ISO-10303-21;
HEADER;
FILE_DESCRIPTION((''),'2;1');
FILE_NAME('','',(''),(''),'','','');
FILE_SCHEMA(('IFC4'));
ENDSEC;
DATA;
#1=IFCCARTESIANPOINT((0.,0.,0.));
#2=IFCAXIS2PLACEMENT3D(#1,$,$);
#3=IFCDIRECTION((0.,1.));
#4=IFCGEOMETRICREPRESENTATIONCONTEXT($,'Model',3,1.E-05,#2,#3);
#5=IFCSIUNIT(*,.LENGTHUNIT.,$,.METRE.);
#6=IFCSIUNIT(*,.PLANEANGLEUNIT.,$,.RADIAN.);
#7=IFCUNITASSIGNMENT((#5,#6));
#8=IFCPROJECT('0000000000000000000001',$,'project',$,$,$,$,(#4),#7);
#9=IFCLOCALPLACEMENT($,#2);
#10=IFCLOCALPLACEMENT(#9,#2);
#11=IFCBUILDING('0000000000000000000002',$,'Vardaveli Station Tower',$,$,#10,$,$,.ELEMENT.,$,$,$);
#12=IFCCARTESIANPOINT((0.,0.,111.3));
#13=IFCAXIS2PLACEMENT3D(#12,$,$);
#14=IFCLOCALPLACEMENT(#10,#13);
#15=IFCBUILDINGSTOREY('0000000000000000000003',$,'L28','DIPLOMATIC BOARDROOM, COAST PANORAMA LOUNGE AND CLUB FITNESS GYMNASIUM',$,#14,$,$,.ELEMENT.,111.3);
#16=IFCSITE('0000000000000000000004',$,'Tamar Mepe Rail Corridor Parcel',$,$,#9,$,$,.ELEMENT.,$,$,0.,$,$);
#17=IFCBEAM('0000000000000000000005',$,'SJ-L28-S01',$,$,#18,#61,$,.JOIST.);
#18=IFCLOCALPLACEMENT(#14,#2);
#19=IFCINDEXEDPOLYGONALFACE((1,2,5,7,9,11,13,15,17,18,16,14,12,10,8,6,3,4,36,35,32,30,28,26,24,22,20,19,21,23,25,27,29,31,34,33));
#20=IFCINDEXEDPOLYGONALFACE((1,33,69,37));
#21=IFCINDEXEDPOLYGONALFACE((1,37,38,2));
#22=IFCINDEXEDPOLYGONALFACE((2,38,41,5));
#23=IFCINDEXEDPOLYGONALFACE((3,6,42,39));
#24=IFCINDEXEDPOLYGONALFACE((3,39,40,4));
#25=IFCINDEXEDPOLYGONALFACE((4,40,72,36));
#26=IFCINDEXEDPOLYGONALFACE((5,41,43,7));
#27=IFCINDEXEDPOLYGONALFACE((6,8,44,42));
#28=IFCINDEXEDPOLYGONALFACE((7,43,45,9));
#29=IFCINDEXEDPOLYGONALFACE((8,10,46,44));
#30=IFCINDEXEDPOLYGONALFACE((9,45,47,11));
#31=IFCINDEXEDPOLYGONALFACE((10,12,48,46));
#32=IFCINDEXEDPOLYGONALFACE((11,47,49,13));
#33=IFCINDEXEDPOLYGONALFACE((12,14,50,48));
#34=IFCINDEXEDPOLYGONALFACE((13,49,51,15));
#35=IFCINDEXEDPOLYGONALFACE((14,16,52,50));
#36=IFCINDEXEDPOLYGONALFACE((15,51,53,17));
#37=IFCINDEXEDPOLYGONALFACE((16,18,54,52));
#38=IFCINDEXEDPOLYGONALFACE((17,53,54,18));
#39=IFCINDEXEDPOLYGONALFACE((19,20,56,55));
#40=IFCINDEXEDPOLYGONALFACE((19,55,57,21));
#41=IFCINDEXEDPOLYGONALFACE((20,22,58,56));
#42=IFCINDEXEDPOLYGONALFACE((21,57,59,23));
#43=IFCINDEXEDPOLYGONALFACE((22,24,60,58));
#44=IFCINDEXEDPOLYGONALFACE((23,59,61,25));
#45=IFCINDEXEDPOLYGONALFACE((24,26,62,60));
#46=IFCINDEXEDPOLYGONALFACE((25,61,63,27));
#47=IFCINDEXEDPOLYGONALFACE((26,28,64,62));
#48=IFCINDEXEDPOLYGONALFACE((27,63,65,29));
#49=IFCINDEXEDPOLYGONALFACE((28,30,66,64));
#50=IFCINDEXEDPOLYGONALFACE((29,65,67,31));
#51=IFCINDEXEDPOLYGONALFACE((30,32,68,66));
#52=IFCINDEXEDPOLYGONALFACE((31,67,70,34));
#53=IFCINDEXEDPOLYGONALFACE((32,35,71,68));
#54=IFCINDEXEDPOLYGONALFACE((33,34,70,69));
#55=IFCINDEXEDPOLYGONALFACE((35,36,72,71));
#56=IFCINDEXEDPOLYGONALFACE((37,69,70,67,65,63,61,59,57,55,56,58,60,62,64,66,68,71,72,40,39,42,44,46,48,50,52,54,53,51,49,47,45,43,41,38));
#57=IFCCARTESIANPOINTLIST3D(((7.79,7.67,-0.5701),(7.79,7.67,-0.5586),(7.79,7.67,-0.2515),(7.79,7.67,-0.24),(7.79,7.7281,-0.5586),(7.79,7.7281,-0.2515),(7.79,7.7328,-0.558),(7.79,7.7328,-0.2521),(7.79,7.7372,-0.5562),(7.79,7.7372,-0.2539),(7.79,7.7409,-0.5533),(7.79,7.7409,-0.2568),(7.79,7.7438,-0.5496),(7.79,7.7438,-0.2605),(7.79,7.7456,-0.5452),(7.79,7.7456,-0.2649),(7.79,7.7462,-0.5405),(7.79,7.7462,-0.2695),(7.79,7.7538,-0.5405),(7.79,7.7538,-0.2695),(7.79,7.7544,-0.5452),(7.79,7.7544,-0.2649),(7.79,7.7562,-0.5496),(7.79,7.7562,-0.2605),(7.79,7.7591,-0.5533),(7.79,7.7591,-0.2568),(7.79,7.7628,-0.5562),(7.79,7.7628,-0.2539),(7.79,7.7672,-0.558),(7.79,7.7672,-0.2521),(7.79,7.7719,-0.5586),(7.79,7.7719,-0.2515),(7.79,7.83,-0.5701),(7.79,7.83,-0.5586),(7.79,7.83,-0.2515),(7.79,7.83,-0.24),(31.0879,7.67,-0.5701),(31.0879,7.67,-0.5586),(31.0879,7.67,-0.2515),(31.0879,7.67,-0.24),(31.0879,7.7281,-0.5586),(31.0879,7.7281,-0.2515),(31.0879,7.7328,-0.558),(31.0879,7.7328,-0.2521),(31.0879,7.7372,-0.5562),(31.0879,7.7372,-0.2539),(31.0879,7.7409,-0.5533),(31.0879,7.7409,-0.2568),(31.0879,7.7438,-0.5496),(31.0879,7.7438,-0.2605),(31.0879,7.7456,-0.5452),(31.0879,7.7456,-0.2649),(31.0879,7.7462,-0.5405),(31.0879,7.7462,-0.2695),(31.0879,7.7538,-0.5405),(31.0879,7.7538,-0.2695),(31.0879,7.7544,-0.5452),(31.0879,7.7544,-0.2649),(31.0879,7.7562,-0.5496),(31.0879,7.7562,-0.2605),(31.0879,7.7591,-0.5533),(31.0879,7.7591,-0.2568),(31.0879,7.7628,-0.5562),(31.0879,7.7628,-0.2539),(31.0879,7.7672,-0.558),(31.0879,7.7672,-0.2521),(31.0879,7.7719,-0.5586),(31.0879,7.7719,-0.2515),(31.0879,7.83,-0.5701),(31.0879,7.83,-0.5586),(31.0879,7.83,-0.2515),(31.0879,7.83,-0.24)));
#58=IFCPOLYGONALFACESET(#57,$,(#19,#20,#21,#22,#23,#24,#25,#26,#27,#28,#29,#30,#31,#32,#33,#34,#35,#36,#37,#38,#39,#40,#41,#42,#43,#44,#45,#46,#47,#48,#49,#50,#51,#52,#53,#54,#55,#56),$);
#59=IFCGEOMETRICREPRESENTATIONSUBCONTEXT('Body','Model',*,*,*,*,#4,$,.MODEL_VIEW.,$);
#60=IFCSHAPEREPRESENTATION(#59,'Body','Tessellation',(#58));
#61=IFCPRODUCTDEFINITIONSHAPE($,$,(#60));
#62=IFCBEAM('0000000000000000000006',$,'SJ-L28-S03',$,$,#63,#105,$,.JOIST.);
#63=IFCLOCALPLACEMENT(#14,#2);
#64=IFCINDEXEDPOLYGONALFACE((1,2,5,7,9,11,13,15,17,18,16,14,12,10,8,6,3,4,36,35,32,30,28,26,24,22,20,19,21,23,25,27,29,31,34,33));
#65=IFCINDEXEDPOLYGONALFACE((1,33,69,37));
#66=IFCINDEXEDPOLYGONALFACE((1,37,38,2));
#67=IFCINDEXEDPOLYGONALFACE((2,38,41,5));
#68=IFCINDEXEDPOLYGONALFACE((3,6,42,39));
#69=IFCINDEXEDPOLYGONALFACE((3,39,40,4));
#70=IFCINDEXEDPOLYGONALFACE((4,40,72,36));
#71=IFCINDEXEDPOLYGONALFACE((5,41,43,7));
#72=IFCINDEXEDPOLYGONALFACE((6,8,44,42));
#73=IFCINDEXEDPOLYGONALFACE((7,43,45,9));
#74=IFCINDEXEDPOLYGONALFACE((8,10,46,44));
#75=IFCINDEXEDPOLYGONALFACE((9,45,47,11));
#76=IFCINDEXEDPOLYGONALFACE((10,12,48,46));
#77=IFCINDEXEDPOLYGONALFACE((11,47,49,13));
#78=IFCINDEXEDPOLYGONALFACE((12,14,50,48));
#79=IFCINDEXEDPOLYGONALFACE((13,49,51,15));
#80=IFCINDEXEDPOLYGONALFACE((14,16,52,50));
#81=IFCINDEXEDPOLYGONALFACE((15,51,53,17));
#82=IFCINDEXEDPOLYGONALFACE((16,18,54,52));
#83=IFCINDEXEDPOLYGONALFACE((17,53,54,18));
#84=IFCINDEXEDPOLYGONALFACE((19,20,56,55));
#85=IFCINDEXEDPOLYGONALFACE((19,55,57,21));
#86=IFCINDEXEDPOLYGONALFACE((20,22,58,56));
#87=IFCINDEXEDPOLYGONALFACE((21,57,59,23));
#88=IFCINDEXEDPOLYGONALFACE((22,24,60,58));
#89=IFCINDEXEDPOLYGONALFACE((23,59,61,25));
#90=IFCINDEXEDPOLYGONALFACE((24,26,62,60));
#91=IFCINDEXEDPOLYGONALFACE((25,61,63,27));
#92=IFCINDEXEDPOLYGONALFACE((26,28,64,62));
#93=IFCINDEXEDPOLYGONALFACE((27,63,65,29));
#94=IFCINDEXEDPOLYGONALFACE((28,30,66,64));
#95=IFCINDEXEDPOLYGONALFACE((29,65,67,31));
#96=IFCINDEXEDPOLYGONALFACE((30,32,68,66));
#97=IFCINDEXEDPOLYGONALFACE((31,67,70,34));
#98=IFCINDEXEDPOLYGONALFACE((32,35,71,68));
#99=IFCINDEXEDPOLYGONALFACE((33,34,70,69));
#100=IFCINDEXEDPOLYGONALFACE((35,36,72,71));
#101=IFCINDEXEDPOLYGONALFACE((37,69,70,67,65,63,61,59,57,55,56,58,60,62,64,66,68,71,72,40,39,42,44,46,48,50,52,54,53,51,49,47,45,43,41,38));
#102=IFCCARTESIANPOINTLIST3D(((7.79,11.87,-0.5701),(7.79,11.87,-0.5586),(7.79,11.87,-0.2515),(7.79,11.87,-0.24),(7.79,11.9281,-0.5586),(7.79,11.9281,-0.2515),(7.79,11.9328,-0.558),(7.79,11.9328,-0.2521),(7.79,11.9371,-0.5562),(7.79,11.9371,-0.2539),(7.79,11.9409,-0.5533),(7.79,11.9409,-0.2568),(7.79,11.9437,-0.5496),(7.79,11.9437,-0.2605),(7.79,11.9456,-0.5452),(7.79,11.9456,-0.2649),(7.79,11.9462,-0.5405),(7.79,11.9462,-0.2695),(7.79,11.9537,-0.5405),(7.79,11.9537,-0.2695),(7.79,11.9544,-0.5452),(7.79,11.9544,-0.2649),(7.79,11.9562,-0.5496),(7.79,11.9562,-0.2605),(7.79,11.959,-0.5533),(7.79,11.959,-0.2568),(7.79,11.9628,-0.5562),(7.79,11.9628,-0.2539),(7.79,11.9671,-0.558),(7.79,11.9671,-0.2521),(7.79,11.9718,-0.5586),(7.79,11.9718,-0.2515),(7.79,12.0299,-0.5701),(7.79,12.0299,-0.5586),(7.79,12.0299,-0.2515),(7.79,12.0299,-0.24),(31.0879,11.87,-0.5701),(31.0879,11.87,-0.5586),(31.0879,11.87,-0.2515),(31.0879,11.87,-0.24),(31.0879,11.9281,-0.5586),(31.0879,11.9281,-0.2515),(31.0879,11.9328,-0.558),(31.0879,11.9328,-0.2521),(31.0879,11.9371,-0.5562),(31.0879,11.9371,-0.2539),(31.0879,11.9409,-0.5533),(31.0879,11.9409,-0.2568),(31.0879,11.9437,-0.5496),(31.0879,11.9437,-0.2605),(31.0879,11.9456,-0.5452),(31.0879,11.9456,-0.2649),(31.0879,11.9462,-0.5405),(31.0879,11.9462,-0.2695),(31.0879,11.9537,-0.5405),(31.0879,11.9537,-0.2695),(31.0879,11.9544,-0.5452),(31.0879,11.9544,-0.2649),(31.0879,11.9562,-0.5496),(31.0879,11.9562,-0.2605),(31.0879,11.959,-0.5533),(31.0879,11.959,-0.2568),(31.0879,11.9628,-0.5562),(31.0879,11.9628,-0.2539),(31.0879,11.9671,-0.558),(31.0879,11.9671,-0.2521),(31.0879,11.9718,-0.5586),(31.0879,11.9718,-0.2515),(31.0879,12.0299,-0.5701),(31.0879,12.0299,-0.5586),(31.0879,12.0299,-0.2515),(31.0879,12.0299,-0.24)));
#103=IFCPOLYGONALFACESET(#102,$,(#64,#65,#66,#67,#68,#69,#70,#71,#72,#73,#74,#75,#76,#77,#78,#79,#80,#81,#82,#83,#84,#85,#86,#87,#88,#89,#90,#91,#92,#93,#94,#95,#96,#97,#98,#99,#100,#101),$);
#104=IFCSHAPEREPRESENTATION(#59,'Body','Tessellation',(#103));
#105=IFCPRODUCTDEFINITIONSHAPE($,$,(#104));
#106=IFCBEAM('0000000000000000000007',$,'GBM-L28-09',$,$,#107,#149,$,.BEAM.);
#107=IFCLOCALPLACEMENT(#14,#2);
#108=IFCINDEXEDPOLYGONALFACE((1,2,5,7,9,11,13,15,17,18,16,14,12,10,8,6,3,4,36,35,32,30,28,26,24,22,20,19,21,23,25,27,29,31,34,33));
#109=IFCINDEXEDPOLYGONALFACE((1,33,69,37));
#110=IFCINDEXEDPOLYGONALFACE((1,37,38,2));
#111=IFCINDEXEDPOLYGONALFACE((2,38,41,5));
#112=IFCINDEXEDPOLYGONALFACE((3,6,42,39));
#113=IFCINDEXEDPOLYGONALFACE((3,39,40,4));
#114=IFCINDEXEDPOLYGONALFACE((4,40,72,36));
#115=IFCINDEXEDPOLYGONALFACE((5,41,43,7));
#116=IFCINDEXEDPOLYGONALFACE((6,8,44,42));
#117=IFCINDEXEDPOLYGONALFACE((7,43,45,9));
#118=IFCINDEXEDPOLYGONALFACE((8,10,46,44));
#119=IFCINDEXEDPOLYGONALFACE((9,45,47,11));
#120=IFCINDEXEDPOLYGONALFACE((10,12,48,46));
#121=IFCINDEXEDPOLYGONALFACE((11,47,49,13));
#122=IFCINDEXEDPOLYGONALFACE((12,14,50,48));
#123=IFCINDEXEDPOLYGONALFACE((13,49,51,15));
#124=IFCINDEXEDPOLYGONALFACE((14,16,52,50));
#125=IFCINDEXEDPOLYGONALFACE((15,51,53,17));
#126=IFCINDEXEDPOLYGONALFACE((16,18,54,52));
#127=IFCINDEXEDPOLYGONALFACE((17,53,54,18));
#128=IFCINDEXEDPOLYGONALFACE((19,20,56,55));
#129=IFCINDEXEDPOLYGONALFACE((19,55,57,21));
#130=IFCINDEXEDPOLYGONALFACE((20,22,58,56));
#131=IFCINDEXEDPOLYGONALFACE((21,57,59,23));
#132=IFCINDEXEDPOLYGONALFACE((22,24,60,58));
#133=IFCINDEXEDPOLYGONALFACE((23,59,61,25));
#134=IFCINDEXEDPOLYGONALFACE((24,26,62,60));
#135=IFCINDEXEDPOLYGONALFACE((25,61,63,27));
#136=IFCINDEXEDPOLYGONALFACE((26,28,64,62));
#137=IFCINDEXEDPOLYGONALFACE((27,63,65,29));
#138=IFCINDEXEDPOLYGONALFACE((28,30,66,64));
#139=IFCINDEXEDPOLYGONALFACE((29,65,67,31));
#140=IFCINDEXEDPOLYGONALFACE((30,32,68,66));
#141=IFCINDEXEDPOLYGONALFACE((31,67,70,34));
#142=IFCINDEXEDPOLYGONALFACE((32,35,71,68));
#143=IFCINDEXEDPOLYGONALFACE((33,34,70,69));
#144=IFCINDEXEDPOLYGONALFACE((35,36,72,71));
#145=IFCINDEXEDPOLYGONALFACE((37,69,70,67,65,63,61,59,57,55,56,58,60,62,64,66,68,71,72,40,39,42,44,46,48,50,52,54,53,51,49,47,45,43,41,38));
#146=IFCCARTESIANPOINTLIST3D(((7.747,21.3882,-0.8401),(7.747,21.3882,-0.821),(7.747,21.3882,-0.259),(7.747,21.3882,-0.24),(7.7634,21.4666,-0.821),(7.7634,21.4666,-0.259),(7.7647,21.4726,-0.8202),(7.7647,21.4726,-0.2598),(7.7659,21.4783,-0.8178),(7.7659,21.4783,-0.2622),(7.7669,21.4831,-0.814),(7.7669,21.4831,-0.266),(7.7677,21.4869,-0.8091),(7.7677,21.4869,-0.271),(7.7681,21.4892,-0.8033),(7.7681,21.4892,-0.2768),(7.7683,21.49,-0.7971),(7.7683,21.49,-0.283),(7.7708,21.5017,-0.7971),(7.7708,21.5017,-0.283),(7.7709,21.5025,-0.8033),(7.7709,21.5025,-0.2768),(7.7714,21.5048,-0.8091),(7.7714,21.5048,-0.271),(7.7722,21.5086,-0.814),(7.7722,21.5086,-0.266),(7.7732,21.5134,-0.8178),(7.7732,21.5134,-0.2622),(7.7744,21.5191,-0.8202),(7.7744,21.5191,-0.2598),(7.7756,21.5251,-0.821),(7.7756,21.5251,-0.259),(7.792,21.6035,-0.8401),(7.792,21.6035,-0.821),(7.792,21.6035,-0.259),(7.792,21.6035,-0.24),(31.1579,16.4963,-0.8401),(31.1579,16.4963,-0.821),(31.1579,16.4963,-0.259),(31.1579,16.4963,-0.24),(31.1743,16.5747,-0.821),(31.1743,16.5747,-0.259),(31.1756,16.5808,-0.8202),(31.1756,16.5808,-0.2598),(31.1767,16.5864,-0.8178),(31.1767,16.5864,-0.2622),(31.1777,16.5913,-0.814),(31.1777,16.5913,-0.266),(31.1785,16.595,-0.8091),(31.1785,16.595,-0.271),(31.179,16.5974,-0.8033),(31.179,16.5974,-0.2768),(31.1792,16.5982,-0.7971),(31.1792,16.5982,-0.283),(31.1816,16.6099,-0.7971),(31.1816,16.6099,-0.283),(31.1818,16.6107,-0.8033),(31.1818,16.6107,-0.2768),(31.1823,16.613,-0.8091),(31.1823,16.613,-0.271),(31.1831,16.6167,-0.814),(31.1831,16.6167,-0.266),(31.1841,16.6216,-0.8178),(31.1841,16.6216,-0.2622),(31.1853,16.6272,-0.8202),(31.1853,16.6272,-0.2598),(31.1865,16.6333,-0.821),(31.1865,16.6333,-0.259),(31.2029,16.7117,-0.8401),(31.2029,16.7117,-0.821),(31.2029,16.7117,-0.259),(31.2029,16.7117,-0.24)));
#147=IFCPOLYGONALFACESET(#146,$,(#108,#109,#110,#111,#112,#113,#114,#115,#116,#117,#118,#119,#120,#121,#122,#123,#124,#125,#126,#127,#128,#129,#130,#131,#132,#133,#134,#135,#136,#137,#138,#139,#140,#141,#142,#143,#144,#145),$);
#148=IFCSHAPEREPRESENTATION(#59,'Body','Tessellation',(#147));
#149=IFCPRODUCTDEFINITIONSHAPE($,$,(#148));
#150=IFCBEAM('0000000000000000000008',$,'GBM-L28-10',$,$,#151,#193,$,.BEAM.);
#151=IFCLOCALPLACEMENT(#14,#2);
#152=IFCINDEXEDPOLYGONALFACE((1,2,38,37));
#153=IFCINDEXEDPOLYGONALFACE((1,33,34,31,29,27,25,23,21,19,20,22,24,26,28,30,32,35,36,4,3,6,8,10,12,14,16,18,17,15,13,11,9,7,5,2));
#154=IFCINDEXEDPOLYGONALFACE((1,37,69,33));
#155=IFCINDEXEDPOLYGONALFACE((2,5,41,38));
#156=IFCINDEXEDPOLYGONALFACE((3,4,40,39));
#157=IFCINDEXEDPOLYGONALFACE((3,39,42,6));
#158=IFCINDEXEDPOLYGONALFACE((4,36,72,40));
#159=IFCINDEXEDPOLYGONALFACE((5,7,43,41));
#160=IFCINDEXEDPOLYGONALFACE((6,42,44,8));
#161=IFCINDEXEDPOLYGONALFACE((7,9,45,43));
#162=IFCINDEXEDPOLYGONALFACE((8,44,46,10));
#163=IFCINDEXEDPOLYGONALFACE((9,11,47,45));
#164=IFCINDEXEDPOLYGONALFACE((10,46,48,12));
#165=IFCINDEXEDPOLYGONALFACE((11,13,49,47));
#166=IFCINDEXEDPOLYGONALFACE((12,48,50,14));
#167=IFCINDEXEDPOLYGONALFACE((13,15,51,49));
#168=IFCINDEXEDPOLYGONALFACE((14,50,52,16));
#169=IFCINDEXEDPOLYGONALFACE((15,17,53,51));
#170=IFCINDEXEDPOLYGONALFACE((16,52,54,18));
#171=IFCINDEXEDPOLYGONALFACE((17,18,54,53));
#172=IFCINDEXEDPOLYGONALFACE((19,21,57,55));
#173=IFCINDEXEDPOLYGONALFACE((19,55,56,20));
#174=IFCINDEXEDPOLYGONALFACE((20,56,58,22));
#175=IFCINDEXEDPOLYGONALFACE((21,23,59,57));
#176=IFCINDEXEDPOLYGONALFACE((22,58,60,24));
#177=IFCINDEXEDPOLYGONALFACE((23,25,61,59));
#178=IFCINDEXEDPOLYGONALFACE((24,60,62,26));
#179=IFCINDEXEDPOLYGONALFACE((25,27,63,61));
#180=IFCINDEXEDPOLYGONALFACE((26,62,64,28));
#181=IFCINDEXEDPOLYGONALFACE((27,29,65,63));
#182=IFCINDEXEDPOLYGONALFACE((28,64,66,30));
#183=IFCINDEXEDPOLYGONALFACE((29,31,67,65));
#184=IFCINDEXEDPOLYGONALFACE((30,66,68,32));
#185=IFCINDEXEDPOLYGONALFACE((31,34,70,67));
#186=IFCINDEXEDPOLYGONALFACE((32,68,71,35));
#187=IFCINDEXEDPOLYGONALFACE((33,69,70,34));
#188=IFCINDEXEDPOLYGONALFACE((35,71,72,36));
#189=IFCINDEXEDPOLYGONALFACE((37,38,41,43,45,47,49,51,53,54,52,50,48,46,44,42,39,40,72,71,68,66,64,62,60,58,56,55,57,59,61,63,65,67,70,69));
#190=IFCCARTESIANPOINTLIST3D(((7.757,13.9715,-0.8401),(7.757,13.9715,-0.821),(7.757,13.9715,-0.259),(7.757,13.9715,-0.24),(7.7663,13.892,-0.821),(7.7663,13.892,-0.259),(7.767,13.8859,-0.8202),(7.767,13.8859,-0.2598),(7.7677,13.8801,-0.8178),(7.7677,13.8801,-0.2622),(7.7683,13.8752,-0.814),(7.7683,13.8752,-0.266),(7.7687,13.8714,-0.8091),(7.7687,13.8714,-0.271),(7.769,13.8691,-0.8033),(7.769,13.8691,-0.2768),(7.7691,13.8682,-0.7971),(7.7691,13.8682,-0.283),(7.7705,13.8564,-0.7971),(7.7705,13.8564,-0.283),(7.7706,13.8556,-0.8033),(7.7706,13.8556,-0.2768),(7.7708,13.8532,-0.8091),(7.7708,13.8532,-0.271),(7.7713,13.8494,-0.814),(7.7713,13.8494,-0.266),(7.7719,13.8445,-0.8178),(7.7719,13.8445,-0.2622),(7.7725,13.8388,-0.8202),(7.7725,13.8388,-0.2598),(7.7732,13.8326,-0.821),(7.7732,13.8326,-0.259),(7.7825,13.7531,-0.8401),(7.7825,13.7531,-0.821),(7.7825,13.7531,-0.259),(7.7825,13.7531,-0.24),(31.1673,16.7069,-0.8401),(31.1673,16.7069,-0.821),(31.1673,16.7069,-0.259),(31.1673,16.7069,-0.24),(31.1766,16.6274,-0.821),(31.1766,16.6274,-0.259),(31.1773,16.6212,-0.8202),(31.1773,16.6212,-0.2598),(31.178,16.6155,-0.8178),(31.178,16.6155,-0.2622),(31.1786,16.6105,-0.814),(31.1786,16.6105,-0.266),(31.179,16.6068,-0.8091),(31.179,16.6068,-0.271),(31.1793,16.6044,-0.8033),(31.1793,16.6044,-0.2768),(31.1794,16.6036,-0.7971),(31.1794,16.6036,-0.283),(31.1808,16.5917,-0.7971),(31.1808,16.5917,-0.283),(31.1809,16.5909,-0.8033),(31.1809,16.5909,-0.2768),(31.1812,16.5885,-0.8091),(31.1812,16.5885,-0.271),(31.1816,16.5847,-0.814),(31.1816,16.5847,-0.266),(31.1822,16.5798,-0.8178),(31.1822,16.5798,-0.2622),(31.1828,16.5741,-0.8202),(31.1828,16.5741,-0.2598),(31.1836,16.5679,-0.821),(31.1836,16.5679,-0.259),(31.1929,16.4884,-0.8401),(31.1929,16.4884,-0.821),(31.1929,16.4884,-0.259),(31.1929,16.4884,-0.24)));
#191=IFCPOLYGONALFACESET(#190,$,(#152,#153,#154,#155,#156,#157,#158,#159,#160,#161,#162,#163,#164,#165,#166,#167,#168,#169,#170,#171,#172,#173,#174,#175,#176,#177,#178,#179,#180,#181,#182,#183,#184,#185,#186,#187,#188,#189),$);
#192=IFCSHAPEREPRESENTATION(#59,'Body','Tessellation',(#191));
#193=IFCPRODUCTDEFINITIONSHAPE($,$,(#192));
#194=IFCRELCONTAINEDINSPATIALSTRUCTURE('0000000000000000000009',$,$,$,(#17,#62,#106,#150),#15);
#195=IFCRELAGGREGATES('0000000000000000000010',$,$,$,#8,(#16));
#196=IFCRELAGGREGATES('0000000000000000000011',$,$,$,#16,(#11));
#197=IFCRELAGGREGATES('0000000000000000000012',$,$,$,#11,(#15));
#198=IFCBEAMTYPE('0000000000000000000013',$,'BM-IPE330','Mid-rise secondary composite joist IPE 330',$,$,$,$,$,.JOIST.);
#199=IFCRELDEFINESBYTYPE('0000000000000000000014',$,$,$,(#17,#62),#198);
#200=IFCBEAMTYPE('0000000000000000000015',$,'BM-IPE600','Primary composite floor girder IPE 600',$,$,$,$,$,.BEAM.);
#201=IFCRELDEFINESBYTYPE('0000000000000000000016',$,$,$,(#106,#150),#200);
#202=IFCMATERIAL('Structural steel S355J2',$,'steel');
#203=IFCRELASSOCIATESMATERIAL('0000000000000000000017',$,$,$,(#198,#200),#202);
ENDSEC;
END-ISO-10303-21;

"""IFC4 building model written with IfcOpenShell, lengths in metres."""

from ifc_helpers import new_model, si_unit, direction, frame, origin, origin_2d, place, context, subcontext, project, spatial, i_section, extrude, source, transform, mapped, material, material_profile, profile_set, type_object, element, save


model = new_model("IFC4")

# Units and contexts
model_context = context("Model", 3, precision=1e-05, world=origin(), true_north=direction((0.0, 1.0)))
body_context = subcontext(model_context, "Body", "Model", "MODEL_VIEW")
ifc_project = project(units=[si_unit("LENGTHUNIT", "METRE"), si_unit("PLANEANGLEUNIT", "RADIAN")], contexts=[model_context])

# Site, building, storey
site_placement = place(None, origin())
site = spatial("IfcSite", under=ifc_project, at=site_placement, Name="Tamar Mepe Rail Corridor Parcel", CompositionType="ELEMENT", RefElevation=0.0)
building_placement = place(site_placement, origin())
building = spatial("IfcBuilding", under=site, at=building_placement, Name="Vardaveli Station Tower", CompositionType="ELEMENT")
storey_placement = place(building_placement, frame((0.0, 0.0, 111.3)))
storey = spatial("IfcBuildingStorey", under=building, at=storey_placement, Name="L28", Description="DIPLOMATIC BOARDROOM, COAST PANORAMA LOUNGE AND CLUB FITNESS GYMNASIUM", CompositionType="ELEMENT", Elevation=111.3)

# Beams
ifc_material_1 = material(Name="Structural steel S355J2", Category="steel")
ifc_material_profile_1 = material_profile(ifc_material_1, i_section(OverallWidth=0.1599, OverallDepth=0.3301, WebThickness=0.0076, FlangeThickness=0.0115, FilletRadius=0.0181, at=origin_2d()), Name="IPE 330")
ifc_profile_set_1 = profile_set([ifc_material_profile_1], Name="Structural steel S355J2")
beam_type_1 = type_object("IfcBeamType", Name="BM-IPE330", Description="Mid-rise secondary composite joist IPE 330", PredefinedType="JOIST", material=ifc_profile_set_1)
shared_shape_1 = source(origin(), body_context, "Body", "SweptSolid", [
    extrude(i_section(OverallWidth=0.1599, OverallDepth=0.3301, WebThickness=0.0076, FlangeThickness=0.0115, FilletRadius=0.0181, at=origin_2d()), origin(), (0.0, 0.0, 1.0), 23.2979),
])
for number, where, z_axis, x_axis, name in (
    (1, (7.79, 7.75, -0.405), (1.0, 0.0, 0.0), (0.0, 1.0, 0.0), "SJ-L28-S01"),
    (2, (7.79, 11.95, -0.405), (1.0, 0.0, 0.0), (0.0, 1.0, 0.0), "SJ-L28-S03"),
):
    element("IfcBeam", number, at=place(storey_placement, frame(where, z_axis=z_axis, x_axis=x_axis)), inside=storey, type_object=beam_type_1, Name=name, PredefinedType="JOIST", context=body_context, shape_type="MappedRepresentation", body=[
        mapped(shared_shape_1, transform((0.0, 0.0, 0.0), scale=1.0)),
    ])
ifc_material_profile_2 = material_profile(ifc_material_1, i_section(OverallWidth=0.22, OverallDepth=0.6001, WebThickness=0.012, FlangeThickness=0.019, FilletRadius=0.0239, at=origin_2d()), Name="IPE 600")
ifc_profile_set_2 = profile_set([ifc_material_profile_2], Name="Structural steel S355J2")
beam_type_2 = type_object("IfcBeamType", Name="BM-IPE600", Description="Primary composite floor girder IPE 600", PredefinedType="BEAM", material=ifc_profile_set_2)
shared_shape_2 = source(origin(), body_context, "Body", "SweptSolid", [
    extrude(i_section(OverallWidth=0.22, OverallDepth=0.6001, WebThickness=0.012, FlangeThickness=0.019, FilletRadius=0.0239, at=origin_2d()), origin(), (0.0, 0.0, 1.0), 23.9165),
])
beam_1_placement = place(storey_placement, frame((7.7695, 21.4958, -0.54), z_axis=(0.978859, -0.204538, 0.0), x_axis=(0.204538, 0.978859, 0.0)))
element("IfcBeam", 3, at=beam_1_placement, inside=storey, type_object=beam_type_2, Name="GBM-L28-09", PredefinedType="BEAM", context=body_context, shape_type="MappedRepresentation", body=[
    mapped(shared_shape_2, transform((0.0, 0.0, 0.0), scale=1.0)),
])
shared_shape_3 = source(origin(), body_context, "Body", "SweptSolid", [
    extrude(i_section(OverallWidth=0.22, OverallDepth=0.6001, WebThickness=0.012, FlangeThickness=0.019, FilletRadius=0.0239, at=origin_2d()), origin(), (0.0, 0.0, 1.0), 23.5696),
])
beam_2_placement = place(storey_placement, frame((7.7698, 13.8623, -0.54), z_axis=(0.993243, 0.116054, 0.0), x_axis=(-0.116054, 0.993243, 0.0)))
element("IfcBeam", 4, at=beam_2_placement, inside=storey, type_object=beam_type_2, Name="GBM-L28-10", PredefinedType="BEAM", context=body_context, shape_type="MappedRepresentation", body=[
    mapped(shared_shape_3, transform((0.0, 0.0, 0.0), scale=1.0)),
])

save(model, "model.ifc")
